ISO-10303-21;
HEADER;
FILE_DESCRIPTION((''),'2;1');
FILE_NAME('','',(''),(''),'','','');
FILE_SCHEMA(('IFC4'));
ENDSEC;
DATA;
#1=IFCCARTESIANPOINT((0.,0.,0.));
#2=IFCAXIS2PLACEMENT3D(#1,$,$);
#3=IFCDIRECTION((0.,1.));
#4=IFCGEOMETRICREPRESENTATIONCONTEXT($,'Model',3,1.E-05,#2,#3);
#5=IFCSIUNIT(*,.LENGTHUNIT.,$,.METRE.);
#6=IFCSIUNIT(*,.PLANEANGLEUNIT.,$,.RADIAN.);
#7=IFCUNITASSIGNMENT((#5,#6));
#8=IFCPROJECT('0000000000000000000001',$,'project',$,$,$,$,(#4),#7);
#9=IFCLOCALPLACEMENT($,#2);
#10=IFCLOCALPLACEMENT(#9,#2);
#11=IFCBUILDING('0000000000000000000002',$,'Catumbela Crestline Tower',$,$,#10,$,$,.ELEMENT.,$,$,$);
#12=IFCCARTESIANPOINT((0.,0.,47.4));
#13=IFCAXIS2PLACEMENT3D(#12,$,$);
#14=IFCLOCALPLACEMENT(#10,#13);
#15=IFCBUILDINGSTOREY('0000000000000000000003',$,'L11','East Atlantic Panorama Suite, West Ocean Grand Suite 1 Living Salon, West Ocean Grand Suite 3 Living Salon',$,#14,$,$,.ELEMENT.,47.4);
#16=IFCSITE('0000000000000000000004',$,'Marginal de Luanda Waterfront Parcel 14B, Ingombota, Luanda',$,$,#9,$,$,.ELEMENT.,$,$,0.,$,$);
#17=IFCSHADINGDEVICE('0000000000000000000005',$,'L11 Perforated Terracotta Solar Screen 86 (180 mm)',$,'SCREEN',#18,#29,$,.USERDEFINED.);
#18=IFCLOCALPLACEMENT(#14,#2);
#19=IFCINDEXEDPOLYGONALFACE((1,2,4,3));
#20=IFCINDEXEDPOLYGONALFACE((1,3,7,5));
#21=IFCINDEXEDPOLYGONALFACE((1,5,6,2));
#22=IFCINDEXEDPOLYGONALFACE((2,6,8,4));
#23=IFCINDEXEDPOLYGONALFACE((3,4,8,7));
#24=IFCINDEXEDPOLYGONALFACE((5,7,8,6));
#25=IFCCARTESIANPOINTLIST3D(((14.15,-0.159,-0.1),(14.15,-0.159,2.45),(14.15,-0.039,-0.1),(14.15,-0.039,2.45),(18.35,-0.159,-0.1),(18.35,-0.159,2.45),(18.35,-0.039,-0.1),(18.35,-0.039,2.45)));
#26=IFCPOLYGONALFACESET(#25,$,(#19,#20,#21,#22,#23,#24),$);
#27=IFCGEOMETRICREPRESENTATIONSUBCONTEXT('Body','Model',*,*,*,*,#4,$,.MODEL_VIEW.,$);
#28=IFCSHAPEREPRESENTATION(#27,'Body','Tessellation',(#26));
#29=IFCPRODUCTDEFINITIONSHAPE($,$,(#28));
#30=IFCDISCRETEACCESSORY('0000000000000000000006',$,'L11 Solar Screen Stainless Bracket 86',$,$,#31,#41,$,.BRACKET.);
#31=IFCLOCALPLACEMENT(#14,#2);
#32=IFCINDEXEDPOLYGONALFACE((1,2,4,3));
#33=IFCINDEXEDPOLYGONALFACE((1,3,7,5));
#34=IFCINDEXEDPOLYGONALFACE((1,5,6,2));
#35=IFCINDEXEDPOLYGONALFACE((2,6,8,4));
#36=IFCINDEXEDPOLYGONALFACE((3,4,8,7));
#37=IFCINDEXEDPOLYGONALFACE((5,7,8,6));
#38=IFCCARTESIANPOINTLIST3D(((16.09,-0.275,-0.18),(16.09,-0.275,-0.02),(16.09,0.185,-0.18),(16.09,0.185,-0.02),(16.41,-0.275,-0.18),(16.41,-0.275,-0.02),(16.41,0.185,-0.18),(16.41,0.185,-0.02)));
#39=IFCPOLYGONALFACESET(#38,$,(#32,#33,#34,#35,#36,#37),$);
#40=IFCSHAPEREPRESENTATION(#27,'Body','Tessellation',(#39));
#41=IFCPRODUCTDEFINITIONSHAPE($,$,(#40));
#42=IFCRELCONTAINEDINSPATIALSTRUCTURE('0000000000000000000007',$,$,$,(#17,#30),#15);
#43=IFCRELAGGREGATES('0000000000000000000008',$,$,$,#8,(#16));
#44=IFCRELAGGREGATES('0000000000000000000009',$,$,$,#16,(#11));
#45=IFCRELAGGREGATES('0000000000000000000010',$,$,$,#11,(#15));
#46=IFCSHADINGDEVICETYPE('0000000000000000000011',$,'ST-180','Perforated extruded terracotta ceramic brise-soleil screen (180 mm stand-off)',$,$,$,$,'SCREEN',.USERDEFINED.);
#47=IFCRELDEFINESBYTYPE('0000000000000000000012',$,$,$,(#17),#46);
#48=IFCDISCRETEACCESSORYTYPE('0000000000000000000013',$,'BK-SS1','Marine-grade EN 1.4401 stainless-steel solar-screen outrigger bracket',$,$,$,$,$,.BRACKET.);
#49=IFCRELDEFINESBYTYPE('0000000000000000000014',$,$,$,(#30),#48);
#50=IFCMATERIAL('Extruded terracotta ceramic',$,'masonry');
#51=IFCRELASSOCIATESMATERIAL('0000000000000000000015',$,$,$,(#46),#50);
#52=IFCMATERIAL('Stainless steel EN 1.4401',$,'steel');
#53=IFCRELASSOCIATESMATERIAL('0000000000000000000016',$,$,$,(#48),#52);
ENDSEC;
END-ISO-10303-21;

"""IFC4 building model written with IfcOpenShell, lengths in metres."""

from ifc_helpers import new_model, si_unit, direction, frame, origin, origin_2d, place, context, subcontext, project, spatial, rectangle, extrude, material, type_object, element, save


model = new_model("IFC4")

# Units and contexts
model_context = context("Model", 3, precision=1e-05, world=origin(), true_north=direction((0.0, 1.0)))
body_context = subcontext(model_context, "Body", "Model", "MODEL_VIEW")
ifc_project = project(units=[si_unit("LENGTHUNIT", "METRE"), si_unit("PLANEANGLEUNIT", "RADIAN")], contexts=[model_context])

# Site, building, storey
site_placement = place(None, origin())
site = spatial("IfcSite", under=ifc_project, at=site_placement, Name="Marginal de Luanda Waterfront Parcel 14B, Ingombota, Luanda", CompositionType="ELEMENT", RefElevation=0.0)
building_placement = place(site_placement, origin())
building = spatial("IfcBuilding", under=site, at=building_placement, Name="Catumbela Crestline Tower", CompositionType="ELEMENT")
storey_placement = place(building_placement, frame((0.0, 0.0, 47.4)))
storey = spatial("IfcBuildingStorey", under=building, at=storey_placement, Name="L11", Description="East Atlantic Panorama Suite, West Ocean Grand Suite 1 Living Salon, West Ocean Grand Suite 3 Living Salon", CompositionType="ELEMENT", Elevation=47.4)

# Shading device
ifc_material_1 = material(Name="Extruded terracotta ceramic", Category="masonry")
shading_device_type = type_object("IfcShadingDeviceType", Name="ST-180", Description="Perforated extruded terracotta ceramic brise-soleil screen (180 mm stand-off)", ElementType="SCREEN", PredefinedType="USERDEFINED", material=ifc_material_1)
shading_device_placement = place(storey_placement, frame((16.25, -0.099, -0.1), z_axis=(0.0, 0.0, 1.0), x_axis=(1.0, 0.0, 0.0)))
element("IfcShadingDevice", 1, at=shading_device_placement, inside=storey, type_object=shading_device_type, Name="L11 Perforated Terracotta Solar Screen 86 (180 mm)", ObjectType="SCREEN", PredefinedType="USERDEFINED", context=body_context, shape_type="SweptSolid", body=[
    extrude(rectangle(XDim=4.2, YDim=0.12, at=origin_2d()), origin(), (0.0, 0.0, 1.0), 2.55),
])

# Discrete accessory
ifc_material_2 = material(Name="Stainless steel EN 1.4401", Category="steel")
discrete_accessory_type = type_object("IfcDiscreteAccessoryType", Name="BK-SS1", Description="Marine-grade EN 1.4401 stainless-steel solar-screen outrigger bracket", PredefinedType="BRACKET", material=ifc_material_2)
discrete_accessory_placement = place(storey_placement, frame((16.25, -0.045, -0.18), z_axis=(0.0, 0.0, 1.0), x_axis=(1.0, 0.0, 0.0)))
element("IfcDiscreteAccessory", 2, at=discrete_accessory_placement, inside=storey, type_object=discrete_accessory_type, Name="L11 Solar Screen Stainless Bracket 86", PredefinedType="BRACKET", context=body_context, shape_type="SweptSolid", body=[
    extrude(rectangle(XDim=0.32, YDim=0.46, at=origin_2d()), origin(), (0.0, 0.0, 1.0), 0.16),
])

save(model, "model.ifc")
